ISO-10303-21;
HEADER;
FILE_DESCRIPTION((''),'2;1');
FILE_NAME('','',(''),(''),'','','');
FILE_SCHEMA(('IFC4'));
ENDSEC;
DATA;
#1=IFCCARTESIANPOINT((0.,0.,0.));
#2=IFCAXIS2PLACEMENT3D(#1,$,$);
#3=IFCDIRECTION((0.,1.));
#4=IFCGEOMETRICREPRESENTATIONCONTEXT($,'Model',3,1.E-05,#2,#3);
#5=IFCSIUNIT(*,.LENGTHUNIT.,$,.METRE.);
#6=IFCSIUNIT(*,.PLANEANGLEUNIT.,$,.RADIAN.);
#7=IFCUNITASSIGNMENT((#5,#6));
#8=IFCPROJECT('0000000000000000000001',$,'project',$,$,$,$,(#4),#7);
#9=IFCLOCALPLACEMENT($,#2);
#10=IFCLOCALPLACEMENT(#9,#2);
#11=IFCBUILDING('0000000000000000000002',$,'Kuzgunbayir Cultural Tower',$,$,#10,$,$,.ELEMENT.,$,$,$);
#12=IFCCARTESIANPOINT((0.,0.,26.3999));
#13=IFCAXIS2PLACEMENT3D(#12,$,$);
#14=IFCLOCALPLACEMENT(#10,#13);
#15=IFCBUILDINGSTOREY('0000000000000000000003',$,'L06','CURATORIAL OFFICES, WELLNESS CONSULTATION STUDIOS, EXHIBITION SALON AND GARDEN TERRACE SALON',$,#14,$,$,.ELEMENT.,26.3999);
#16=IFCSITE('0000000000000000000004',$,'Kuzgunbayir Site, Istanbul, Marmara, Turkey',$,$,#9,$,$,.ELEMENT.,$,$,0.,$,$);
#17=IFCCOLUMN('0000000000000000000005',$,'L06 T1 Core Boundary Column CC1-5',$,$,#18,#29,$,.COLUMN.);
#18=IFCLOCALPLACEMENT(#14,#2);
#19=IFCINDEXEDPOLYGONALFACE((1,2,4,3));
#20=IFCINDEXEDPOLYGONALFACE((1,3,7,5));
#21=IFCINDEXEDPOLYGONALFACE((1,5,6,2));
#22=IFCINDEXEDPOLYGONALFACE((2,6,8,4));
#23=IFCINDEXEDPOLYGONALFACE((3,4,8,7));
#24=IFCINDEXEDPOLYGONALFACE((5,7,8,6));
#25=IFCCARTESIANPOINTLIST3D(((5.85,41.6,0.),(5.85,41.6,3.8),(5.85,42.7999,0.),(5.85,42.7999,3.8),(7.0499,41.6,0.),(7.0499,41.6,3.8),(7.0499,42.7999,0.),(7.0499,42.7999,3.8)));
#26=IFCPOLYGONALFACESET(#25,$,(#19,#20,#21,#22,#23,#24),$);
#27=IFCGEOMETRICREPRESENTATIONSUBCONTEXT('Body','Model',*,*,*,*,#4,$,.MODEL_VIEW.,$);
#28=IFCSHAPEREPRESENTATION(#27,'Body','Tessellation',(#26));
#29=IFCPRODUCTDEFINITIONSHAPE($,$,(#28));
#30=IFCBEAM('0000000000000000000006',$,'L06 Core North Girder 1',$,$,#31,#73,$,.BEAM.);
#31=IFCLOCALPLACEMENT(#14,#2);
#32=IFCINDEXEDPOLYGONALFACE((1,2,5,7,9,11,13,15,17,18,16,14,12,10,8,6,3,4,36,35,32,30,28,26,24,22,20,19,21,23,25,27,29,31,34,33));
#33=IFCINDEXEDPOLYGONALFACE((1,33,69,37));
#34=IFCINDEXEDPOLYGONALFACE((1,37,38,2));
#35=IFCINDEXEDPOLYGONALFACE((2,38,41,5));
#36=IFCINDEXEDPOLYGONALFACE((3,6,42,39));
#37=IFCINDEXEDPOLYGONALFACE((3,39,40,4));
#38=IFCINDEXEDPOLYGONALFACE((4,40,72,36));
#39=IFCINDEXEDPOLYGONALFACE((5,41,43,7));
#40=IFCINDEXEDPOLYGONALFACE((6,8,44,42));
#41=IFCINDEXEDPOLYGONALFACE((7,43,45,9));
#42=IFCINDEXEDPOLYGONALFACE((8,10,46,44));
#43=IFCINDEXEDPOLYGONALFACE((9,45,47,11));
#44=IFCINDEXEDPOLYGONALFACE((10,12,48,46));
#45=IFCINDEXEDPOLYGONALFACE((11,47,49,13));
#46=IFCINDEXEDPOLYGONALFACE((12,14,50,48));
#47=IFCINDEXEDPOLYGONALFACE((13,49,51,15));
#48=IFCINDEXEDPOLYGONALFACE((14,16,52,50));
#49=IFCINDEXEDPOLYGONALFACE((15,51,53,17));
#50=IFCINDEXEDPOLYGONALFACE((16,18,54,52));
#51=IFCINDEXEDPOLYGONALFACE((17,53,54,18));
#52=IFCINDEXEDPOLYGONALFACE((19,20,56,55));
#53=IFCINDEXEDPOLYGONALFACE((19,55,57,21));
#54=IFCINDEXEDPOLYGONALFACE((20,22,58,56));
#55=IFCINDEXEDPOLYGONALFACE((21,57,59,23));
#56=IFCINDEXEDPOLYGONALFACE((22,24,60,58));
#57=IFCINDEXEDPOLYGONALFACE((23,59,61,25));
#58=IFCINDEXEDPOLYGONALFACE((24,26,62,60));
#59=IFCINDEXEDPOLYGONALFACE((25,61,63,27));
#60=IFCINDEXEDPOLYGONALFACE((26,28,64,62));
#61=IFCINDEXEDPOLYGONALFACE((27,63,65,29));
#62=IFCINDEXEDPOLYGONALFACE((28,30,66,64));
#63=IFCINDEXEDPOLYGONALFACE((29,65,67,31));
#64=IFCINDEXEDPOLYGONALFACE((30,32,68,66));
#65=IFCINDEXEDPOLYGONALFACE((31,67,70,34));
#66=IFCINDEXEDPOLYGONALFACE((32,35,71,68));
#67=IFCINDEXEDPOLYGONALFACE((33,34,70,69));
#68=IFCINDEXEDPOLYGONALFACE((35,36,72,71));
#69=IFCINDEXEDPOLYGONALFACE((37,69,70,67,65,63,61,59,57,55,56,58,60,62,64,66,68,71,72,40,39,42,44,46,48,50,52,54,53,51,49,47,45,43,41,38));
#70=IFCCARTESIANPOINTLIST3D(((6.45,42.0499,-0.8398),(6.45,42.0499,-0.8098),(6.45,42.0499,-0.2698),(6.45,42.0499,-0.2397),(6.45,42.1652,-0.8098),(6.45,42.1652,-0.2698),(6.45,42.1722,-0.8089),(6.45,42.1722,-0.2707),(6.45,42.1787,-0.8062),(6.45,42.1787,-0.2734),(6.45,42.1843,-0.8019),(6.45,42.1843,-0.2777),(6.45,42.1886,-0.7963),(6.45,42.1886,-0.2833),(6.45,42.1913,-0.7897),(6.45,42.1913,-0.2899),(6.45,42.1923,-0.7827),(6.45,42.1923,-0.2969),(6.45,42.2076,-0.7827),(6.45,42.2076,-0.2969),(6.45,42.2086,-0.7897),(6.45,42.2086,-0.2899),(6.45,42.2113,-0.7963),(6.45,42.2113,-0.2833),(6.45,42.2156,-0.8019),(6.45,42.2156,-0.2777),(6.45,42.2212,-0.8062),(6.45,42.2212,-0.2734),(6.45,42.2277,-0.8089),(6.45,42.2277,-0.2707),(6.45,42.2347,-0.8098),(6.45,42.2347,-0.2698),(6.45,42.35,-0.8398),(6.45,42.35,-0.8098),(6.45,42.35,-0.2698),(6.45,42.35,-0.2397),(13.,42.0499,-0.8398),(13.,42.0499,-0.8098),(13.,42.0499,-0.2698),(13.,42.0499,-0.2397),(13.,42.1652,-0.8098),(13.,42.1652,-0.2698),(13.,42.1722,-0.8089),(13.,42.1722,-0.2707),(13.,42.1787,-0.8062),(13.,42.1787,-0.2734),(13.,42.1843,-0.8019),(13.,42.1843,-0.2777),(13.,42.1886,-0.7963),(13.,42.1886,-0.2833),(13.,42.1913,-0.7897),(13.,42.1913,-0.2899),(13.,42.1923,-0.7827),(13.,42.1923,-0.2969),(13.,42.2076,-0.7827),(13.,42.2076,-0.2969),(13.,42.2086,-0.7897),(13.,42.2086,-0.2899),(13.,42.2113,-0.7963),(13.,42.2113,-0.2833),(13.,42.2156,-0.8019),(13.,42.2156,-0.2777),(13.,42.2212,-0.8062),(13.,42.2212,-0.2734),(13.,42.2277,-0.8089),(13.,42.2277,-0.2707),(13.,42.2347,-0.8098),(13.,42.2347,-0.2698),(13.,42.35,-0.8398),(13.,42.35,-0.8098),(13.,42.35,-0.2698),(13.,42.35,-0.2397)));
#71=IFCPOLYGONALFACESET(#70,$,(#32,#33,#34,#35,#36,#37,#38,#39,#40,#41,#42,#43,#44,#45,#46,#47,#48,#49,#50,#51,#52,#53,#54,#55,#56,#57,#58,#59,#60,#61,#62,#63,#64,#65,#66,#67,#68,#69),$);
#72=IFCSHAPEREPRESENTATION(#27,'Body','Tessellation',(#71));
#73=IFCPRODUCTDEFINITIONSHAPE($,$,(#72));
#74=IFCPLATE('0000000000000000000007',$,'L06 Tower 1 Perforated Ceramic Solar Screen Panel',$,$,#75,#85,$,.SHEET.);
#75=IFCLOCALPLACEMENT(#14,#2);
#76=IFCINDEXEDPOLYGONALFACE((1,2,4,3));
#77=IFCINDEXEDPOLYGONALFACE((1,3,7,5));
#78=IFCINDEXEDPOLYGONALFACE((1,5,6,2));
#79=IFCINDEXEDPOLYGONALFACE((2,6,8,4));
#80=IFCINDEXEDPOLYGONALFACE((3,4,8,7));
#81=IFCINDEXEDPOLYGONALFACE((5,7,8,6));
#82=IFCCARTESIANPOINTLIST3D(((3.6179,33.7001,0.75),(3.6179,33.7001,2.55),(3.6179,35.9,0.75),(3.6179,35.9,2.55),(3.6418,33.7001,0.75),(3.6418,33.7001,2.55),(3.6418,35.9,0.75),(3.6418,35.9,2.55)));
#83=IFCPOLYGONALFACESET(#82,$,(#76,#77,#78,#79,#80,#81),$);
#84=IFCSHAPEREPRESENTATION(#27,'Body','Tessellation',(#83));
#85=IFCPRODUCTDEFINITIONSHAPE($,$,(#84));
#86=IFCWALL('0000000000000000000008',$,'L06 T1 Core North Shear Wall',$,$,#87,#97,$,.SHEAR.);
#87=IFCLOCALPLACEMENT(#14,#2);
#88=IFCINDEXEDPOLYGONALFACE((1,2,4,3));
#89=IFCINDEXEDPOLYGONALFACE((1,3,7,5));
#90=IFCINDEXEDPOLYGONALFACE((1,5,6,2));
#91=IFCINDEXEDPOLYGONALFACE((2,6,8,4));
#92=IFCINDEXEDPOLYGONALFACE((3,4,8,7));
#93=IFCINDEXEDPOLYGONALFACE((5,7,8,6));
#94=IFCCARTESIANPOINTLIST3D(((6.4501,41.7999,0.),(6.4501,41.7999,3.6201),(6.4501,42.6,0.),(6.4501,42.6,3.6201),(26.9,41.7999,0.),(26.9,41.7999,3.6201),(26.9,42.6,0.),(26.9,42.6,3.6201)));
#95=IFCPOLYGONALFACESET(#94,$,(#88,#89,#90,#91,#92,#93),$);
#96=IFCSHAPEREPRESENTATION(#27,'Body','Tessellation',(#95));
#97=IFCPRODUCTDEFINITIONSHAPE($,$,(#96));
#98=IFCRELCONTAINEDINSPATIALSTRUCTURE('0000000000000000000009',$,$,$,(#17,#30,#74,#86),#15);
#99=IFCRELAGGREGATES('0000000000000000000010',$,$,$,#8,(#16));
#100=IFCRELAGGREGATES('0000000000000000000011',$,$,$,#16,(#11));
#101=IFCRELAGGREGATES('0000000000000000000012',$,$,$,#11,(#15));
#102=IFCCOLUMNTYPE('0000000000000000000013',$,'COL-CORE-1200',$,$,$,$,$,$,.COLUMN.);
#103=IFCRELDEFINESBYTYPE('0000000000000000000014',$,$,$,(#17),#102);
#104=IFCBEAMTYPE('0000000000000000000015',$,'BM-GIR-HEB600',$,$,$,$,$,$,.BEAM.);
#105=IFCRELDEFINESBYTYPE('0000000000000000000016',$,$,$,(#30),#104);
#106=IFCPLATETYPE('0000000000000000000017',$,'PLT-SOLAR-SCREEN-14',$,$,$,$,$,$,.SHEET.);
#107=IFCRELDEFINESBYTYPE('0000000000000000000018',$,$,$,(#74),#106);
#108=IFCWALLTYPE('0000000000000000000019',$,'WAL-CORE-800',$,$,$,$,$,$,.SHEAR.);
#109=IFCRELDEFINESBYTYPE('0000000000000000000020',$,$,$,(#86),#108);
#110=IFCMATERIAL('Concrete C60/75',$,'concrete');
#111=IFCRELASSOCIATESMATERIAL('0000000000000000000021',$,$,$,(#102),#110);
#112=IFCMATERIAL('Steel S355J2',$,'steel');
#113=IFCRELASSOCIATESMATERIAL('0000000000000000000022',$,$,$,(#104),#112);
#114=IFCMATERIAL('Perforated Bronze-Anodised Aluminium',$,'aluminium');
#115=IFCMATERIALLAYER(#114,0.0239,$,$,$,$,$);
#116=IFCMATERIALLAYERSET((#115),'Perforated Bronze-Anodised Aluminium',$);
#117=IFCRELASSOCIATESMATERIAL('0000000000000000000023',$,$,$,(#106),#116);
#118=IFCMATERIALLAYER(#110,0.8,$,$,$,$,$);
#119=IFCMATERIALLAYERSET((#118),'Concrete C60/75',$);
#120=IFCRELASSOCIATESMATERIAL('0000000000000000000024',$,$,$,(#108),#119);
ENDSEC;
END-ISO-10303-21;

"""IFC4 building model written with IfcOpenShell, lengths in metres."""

from ifc_helpers import new_model, si_unit, direction, frame, frame_2d, origin, origin_2d, place, context, subcontext, project, spatial, rectangle, i_section, extrude, material, layer, layer_set, material_profile, profile_set, type_object, element, save


model = new_model("IFC4")

# Units and contexts
model_context = context("Model", 3, precision=1e-05, world=origin(), true_north=direction((0.0, 1.0)))
body_context = subcontext(model_context, "Body", "Model", "MODEL_VIEW")
ifc_project = project(units=[si_unit("LENGTHUNIT", "METRE"), si_unit("PLANEANGLEUNIT", "RADIAN")], contexts=[model_context])

# Site, building, storey
site_placement = place(None, origin())
site = spatial("IfcSite", under=ifc_project, at=site_placement, Name="Kuzgunbayir Site, Istanbul, Marmara, Turkey", CompositionType="ELEMENT", RefElevation=0.0)
building_placement = place(site_placement, origin())
building = spatial("IfcBuilding", under=site, at=building_placement, Name="Kuzgunbayir Cultural Tower", CompositionType="ELEMENT")
storey_placement = place(building_placement, frame((0.0, 0.0, 26.3999)))
storey = spatial("IfcBuildingStorey", under=building, at=storey_placement, Name="L06", Description="CURATORIAL OFFICES, WELLNESS CONSULTATION STUDIOS, EXHIBITION SALON AND GARDEN TERRACE SALON", CompositionType="ELEMENT", Elevation=26.3999)

# Column
ifc_material_1 = material(Name="Concrete C60/75", Category="concrete")
ifc_material_profile_1 = material_profile(ifc_material_1, rectangle(XDim=1.2, YDim=1.2, at=origin_2d()), Name="RC 1200x1200")
ifc_profile_set_1 = profile_set([ifc_material_profile_1], Name="Concrete C60/75")
column_type = type_object("IfcColumnType", Name="COL-CORE-1200", PredefinedType="COLUMN", material=ifc_profile_set_1)
column_placement = place(storey_placement, frame((6.45, 42.2, 0.0), z_axis=(0.0, 0.0, 1.0), x_axis=(1.0, 0.0, 0.0)))
element("IfcColumn", 1, at=column_placement, inside=storey, type_object=column_type, Name="L06 T1 Core Boundary Column CC1-5", PredefinedType="COLUMN", context=body_context, shape_type="SweptSolid", body=[
    extrude(rectangle(XDim=1.2, YDim=1.2, at=origin_2d()), origin(), (0.0, 0.0, 1.0), 3.8),
])

# Beam
ifc_material_2 = material(Name="Steel S355J2", Category="steel")
ifc_material_profile_2 = material_profile(ifc_material_2, i_section(OverallWidth=0.3, OverallDepth=0.6001, WebThickness=0.0154, FlangeThickness=0.03, FilletRadius=0.0271, at=origin_2d()), Name="HEB 600")
ifc_profile_set_2 = profile_set([ifc_material_profile_2], Name="Steel S355J2")
beam_type = type_object("IfcBeamType", Name="BM-GIR-HEB600", PredefinedType="BEAM", material=ifc_profile_set_2)
beam_placement = place(storey_placement, frame((6.45, 42.2, -0.5398), z_axis=(1.0, 0.0, 0.0), x_axis=(0.0, 1.0, 0.0)))
element("IfcBeam", 2, at=beam_placement, inside=storey, type_object=beam_type, Name="L06 Core North Girder 1", PredefinedType="BEAM", context=body_context, shape_type="SweptSolid", body=[
    extrude(i_section(OverallWidth=0.3, OverallDepth=0.6001, WebThickness=0.0154, FlangeThickness=0.03, FilletRadius=0.0271, at=origin_2d()), origin(), (0.0, 0.0, 1.0), 6.55),
])

# Plate
ifc_material_3 = material(Name="Perforated Bronze-Anodised Aluminium", Category="aluminium")
ifc_layer_1 = layer(ifc_material_3, 0.0239)
ifc_layer_set_1 = layer_set([ifc_layer_1], Name="Perforated Bronze-Anodised Aluminium")
plate_type = type_object("IfcPlateType", Name="PLT-SOLAR-SCREEN-14", PredefinedType="SHEET", material=ifc_layer_set_1)
plate_placement = place(storey_placement, frame((3.6299, 34.8, 0.75), z_axis=(0.0, 0.0, 1.0), x_axis=(1.0, 0.0, 0.0)))
element("IfcPlate", 3, at=plate_placement, inside=storey, type_object=plate_type, Name="L06 Tower 1 Perforated Ceramic Solar Screen Panel", PredefinedType="SHEET", context=body_context, shape_type="SweptSolid", body=[
    extrude(rectangle(XDim=0.0239, YDim=2.2, at=origin_2d()), origin(), (0.0, 0.0, 1.0), 1.8),
])

# Wall
ifc_layer_2 = layer(ifc_material_1, 0.8)
ifc_layer_set_2 = layer_set([ifc_layer_2], Name="Concrete C60/75")
wall_type_1 = type_object("IfcWallType", Name="WAL-CORE-800", PredefinedType="SHEAR", material=ifc_layer_set_2)
wall_1_placement = place(storey_placement, frame((6.45, 42.2, 0.0), z_axis=(0.0, 0.0, 1.0), x_axis=(1.0, 0.0, 0.0)))
element("IfcWall", 4, at=wall_1_placement, inside=storey, type_object=wall_type_1, Name="L06 T1 Core North Shear Wall", PredefinedType="SHEAR", context=body_context, shape_type="SweptSolid", body=[
    extrude(rectangle(XDim=20.45, YDim=0.8, at=frame_2d((10.2251, 0.0))), origin(), (0.0, 0.0, 1.0), 3.6201),
])

save(model, "model.ifc")
